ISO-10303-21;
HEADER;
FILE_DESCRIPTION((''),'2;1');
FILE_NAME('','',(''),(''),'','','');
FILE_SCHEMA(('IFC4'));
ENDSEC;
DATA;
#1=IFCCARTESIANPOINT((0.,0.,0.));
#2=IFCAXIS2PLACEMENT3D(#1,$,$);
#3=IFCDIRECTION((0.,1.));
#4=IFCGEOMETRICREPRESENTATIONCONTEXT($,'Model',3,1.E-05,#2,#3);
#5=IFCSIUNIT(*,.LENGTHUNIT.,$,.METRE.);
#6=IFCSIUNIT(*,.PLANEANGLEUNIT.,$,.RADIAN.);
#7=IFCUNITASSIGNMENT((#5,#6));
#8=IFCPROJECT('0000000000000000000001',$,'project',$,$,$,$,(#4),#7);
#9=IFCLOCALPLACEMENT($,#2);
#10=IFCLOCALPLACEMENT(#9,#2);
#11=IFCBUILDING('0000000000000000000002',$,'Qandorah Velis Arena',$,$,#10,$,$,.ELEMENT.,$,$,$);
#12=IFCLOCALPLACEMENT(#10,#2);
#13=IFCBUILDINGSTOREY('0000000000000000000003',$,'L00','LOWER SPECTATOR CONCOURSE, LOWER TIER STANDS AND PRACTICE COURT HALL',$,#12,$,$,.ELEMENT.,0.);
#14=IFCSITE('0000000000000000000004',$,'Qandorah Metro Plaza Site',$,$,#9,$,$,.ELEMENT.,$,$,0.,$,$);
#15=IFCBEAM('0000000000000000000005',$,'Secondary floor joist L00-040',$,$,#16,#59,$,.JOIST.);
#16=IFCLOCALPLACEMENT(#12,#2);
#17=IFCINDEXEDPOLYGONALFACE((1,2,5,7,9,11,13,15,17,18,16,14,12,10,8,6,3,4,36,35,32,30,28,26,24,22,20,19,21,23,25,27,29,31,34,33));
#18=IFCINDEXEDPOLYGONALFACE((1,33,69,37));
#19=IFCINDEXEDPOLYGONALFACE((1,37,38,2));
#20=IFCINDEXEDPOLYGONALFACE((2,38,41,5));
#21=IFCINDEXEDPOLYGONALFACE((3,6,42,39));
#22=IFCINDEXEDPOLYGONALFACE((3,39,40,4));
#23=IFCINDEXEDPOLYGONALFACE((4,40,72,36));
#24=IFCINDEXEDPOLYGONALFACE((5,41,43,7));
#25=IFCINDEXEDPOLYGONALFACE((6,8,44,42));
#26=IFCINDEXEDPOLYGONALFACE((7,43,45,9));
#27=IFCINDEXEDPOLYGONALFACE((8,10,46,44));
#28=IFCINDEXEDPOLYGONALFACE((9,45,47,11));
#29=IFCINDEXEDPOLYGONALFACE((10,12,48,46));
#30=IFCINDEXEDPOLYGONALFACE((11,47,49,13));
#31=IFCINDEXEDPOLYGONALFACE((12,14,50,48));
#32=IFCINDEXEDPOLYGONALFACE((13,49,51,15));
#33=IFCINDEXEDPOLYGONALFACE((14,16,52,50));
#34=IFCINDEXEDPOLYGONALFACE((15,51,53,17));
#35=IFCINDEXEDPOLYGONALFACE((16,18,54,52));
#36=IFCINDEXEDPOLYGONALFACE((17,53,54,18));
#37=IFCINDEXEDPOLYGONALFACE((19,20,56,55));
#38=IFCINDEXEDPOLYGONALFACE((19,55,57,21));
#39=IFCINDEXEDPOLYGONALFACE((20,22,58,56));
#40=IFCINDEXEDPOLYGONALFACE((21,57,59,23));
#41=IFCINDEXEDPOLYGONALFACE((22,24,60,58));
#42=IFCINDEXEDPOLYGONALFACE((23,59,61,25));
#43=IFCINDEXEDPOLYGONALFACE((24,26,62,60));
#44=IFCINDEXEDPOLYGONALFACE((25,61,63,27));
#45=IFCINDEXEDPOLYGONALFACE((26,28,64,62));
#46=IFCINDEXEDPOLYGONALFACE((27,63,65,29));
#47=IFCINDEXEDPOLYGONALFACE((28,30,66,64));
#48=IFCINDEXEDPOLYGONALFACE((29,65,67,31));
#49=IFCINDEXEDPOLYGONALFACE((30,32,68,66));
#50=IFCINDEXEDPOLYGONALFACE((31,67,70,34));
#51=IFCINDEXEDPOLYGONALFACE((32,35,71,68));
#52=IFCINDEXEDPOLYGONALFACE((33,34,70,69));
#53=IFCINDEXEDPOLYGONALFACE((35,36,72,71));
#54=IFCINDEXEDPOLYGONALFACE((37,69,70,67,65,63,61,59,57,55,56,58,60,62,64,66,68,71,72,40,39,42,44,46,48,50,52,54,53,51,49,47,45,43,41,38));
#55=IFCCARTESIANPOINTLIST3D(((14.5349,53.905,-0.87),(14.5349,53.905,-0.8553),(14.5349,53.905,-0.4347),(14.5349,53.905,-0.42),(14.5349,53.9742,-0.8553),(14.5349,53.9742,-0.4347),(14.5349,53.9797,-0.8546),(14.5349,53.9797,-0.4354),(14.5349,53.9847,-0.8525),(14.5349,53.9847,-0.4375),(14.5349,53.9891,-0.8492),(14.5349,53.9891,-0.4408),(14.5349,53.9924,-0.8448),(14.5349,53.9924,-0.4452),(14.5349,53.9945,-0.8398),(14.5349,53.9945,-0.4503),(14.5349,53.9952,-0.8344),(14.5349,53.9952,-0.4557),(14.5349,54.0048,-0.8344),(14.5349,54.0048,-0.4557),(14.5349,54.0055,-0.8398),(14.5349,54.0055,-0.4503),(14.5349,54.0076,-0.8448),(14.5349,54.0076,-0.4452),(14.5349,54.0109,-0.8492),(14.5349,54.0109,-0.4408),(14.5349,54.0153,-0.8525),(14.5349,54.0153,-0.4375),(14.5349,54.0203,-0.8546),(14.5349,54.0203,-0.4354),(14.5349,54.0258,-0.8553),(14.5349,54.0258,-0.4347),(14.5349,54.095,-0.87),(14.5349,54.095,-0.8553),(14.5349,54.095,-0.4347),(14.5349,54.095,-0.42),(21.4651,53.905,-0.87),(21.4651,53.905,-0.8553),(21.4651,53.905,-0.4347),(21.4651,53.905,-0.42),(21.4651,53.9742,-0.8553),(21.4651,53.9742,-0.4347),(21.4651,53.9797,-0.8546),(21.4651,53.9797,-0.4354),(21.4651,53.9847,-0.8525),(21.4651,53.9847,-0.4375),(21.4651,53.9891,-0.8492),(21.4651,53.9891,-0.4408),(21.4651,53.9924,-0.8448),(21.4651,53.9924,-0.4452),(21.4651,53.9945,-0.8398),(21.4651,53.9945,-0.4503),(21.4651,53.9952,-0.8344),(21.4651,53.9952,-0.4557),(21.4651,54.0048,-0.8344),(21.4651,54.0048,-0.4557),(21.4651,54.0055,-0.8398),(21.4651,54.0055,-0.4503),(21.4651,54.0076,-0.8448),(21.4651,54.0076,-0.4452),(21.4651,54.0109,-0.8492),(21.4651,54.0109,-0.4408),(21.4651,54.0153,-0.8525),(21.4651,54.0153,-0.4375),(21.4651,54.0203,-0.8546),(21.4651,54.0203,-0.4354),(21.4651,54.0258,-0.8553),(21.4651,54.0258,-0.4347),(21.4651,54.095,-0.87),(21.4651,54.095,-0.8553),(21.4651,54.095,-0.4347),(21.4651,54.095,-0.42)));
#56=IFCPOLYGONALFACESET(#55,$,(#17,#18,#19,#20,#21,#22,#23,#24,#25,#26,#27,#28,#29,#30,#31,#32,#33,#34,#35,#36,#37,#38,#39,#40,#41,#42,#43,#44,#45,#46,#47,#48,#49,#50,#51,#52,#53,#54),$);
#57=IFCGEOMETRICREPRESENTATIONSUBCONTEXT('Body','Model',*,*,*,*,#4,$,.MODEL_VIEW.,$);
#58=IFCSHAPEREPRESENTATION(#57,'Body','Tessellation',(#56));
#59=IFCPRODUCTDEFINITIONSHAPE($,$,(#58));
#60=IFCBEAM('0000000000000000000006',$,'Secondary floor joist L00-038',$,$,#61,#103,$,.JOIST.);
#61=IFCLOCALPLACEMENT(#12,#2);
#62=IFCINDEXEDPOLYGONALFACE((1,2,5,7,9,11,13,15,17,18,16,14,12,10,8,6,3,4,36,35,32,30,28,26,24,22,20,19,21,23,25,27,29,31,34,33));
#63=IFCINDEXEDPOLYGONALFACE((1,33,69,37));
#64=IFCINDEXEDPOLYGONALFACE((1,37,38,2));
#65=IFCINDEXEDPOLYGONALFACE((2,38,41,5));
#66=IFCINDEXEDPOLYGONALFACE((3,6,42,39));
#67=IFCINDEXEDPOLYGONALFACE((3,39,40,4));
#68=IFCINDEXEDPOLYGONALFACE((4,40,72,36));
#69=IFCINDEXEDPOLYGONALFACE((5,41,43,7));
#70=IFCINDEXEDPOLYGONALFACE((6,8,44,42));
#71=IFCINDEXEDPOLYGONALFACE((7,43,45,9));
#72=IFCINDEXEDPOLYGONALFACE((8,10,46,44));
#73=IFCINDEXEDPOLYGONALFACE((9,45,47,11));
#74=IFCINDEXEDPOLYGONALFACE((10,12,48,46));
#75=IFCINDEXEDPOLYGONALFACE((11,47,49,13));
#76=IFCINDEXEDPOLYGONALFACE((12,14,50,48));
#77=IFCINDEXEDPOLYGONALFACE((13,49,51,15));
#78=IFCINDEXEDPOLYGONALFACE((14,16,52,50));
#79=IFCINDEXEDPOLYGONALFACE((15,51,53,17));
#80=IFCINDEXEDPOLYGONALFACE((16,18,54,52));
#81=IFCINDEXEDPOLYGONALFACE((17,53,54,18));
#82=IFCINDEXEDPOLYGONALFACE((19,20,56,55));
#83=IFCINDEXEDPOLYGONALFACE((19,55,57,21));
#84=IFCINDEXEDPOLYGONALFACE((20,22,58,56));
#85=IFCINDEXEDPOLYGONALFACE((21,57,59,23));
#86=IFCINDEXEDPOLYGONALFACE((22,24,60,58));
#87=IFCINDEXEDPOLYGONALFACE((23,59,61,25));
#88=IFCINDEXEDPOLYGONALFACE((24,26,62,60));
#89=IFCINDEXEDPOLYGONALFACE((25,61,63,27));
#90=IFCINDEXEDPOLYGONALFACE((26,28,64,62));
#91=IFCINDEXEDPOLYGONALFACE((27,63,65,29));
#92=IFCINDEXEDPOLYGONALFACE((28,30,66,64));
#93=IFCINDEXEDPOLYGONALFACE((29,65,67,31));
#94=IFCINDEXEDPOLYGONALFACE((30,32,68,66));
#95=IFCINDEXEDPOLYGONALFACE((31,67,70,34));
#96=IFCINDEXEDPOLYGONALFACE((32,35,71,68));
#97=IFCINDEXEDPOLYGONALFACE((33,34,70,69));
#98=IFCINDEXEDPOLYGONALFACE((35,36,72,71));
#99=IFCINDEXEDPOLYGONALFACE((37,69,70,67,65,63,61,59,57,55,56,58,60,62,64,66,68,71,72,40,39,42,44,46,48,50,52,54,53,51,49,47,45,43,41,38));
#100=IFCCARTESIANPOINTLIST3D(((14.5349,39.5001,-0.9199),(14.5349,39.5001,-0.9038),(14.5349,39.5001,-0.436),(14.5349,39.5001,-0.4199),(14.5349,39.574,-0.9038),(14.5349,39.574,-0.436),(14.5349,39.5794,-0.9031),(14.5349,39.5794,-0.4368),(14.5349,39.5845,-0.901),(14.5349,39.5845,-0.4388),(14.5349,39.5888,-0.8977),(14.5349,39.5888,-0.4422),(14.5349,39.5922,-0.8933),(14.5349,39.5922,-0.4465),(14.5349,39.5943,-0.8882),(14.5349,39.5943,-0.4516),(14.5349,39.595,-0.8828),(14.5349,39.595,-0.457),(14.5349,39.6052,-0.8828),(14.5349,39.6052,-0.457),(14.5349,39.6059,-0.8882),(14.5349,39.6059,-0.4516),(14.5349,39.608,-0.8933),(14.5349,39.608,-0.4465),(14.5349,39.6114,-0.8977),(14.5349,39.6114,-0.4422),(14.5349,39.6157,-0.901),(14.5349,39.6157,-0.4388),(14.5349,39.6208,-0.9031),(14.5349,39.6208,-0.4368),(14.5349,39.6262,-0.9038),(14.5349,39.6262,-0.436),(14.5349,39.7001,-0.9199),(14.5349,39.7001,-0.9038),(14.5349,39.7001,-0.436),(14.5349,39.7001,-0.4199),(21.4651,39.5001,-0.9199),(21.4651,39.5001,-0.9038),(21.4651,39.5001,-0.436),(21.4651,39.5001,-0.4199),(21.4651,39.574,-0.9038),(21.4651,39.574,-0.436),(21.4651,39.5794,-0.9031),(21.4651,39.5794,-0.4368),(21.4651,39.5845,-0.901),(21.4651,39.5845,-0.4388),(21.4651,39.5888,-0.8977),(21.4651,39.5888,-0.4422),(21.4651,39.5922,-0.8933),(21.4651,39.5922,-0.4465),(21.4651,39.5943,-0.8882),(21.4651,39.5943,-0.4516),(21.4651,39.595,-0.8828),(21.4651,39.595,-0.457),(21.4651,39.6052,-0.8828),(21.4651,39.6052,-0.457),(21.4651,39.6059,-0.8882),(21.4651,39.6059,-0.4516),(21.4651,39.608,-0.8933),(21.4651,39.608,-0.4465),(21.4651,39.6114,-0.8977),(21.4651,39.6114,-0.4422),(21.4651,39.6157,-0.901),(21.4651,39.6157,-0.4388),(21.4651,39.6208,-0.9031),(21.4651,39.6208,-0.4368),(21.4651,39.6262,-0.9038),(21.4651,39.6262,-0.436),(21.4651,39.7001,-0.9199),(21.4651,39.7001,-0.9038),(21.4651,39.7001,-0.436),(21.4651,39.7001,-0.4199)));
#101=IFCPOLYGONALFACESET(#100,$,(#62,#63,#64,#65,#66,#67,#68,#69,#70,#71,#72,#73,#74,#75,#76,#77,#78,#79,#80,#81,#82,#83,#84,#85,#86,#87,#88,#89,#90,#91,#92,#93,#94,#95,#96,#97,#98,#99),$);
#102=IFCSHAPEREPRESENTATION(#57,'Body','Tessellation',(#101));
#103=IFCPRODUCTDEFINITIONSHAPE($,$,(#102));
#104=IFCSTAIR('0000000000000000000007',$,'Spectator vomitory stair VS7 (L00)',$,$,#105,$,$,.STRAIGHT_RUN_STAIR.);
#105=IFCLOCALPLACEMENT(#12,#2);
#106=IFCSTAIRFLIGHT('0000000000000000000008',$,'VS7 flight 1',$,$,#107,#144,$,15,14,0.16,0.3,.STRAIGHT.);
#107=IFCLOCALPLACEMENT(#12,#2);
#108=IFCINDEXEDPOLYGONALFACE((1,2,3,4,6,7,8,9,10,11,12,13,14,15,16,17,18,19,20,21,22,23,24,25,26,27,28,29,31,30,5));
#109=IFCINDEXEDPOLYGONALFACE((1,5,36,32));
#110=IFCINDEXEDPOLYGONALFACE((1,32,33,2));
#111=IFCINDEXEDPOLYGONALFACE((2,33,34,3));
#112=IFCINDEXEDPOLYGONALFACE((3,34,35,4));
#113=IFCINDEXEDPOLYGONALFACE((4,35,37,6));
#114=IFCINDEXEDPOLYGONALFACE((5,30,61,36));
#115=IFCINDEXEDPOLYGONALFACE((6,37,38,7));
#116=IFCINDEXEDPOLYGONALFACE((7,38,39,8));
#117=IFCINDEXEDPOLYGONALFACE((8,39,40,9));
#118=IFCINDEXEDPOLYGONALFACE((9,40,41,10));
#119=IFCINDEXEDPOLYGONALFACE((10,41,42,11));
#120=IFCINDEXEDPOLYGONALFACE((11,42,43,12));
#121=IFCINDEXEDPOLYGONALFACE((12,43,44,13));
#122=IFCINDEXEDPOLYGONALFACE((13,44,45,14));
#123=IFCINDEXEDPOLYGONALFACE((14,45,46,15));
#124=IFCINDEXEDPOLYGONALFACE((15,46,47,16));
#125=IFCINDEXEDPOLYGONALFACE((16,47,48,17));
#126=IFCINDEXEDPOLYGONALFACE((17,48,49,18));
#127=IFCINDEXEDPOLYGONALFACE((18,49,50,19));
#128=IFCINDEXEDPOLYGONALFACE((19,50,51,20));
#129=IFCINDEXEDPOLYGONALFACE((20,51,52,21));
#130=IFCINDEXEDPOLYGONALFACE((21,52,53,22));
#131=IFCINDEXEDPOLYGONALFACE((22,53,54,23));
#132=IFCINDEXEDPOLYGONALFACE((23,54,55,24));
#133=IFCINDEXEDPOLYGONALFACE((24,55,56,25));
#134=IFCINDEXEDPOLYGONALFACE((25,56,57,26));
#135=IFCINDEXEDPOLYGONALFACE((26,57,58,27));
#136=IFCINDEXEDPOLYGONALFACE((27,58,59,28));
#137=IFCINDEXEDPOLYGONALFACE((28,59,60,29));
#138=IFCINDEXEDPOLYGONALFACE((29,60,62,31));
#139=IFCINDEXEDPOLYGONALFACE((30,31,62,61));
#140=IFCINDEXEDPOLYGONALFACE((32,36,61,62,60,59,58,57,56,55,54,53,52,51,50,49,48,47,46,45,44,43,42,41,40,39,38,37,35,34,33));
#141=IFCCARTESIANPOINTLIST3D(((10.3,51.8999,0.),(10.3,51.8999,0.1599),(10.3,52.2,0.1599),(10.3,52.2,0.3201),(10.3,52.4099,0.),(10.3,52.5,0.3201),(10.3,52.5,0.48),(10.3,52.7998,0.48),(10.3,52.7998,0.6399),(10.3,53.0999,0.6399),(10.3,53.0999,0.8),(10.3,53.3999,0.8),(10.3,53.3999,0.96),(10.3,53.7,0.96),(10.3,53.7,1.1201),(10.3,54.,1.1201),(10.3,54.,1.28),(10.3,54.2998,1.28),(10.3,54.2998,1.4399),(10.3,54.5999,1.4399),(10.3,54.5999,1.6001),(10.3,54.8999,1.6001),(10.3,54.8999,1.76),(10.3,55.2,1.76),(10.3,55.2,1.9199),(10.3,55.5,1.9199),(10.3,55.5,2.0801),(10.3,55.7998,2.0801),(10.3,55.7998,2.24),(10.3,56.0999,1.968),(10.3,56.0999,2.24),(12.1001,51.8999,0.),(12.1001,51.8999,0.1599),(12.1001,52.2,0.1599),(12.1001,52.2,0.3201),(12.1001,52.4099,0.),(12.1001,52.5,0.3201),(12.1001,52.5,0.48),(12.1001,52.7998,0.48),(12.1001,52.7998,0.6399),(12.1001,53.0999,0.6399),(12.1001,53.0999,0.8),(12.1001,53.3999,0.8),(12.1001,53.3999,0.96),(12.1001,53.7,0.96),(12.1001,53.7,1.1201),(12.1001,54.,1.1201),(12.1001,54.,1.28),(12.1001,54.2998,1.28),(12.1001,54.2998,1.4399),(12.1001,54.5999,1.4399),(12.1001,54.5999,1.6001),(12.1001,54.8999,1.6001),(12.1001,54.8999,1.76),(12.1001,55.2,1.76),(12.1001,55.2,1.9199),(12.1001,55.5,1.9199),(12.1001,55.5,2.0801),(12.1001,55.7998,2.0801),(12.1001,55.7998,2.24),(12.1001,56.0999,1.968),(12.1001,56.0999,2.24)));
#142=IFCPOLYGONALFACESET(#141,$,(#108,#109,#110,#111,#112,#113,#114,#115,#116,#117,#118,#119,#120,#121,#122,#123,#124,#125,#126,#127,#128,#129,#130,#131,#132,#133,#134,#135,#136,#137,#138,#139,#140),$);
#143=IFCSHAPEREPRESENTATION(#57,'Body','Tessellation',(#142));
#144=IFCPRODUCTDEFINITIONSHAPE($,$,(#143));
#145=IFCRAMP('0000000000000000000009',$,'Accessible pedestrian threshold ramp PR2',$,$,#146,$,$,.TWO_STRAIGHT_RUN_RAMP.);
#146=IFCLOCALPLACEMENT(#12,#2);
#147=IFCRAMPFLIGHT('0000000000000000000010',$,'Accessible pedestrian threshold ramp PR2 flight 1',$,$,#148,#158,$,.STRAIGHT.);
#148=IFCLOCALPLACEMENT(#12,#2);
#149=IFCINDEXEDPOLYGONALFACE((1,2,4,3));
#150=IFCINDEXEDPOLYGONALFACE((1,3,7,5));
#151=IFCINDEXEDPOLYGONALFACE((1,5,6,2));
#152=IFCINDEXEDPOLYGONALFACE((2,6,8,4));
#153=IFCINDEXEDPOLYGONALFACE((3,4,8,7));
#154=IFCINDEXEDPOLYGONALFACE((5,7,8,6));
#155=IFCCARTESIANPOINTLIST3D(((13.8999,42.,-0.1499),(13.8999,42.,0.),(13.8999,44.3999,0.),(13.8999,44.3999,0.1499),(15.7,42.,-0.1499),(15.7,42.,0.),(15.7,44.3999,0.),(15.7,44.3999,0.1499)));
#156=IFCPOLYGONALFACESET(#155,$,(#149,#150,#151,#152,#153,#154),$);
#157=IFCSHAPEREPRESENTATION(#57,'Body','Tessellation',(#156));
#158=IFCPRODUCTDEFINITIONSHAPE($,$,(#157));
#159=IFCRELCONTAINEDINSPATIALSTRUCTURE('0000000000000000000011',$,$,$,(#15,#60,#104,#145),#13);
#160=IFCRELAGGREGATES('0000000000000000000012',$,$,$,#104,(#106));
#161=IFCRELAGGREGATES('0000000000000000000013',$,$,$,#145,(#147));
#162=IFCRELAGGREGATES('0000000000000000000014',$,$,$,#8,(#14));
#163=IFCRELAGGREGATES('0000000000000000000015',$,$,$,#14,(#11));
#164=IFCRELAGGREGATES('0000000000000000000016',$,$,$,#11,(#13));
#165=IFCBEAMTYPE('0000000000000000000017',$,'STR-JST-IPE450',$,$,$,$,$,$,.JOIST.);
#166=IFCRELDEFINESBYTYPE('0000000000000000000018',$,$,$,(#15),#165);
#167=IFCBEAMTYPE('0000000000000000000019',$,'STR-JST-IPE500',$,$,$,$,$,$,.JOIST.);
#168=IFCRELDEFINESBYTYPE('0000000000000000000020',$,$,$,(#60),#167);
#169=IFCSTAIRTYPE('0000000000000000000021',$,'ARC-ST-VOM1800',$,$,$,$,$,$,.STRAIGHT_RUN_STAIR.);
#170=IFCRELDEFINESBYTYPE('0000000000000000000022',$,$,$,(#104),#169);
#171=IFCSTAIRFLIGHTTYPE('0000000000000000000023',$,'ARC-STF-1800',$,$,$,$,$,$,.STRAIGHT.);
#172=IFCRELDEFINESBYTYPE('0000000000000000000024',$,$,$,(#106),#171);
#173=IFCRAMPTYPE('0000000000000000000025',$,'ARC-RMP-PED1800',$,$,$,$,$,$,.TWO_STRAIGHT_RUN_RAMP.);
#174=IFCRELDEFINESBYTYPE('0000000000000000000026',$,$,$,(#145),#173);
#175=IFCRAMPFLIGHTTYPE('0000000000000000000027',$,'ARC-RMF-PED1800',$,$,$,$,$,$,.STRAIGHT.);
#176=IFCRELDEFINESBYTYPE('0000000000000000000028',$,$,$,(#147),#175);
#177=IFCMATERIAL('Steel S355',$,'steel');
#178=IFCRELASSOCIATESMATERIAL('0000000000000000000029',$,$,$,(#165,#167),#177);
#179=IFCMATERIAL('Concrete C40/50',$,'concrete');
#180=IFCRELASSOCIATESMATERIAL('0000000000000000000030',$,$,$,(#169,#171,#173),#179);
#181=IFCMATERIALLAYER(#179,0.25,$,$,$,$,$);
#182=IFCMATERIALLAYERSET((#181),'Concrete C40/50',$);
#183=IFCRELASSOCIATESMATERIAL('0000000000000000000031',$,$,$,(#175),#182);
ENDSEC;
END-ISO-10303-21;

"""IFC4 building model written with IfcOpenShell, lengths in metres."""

from ifc_helpers import new_model, si_unit, direction, frame, origin, origin_2d, place, context, subcontext, project, spatial, polyline, i_section, outline, extrude, material, layer, layer_set, material_profile, profile_set, type_object, element, aggregate, save


model = new_model("IFC4")

# Units and contexts
model_context = context("Model", 3, precision=1e-05, world=origin(), true_north=direction((0.0, 1.0)))
body_context = subcontext(model_context, "Body", "Model", "MODEL_VIEW")
ifc_project = project(units=[si_unit("LENGTHUNIT", "METRE"), si_unit("PLANEANGLEUNIT", "RADIAN")], contexts=[model_context])

# Site, building, storey
site_placement = place(None, origin())
site = spatial("IfcSite", under=ifc_project, at=site_placement, Name="Qandorah Metro Plaza Site", CompositionType="ELEMENT", RefElevation=0.0)
building_placement = place(site_placement, origin())
building = spatial("IfcBuilding", under=site, at=building_placement, Name="Qandorah Velis Arena", CompositionType="ELEMENT")
storey_placement = place(building_placement, origin())
storey = spatial("IfcBuildingStorey", under=building, at=storey_placement, Name="L00", Description="LOWER SPECTATOR CONCOURSE, LOWER TIER STANDS AND PRACTICE COURT HALL", CompositionType="ELEMENT", Elevation=0.0)

# Shared definitions
ifc_material_1 = material(Name="Concrete C40/50", Category="concrete")

# Beams
ifc_material_2 = material(Name="Steel S355", Category="steel")
ifc_material_profile_1 = material_profile(ifc_material_2, i_section(OverallWidth=0.1899, OverallDepth=0.45, WebThickness=0.0095, FlangeThickness=0.0146, FilletRadius=0.021, at=origin_2d()), Name="IPE 450")
ifc_profile_set_1 = profile_set([ifc_material_profile_1], Name="Steel S355")
beam_type_1 = type_object("IfcBeamType", Name="STR-JST-IPE450", PredefinedType="JOIST", material=ifc_profile_set_1)
for number, where, z_axis, x_axis, name in (
    (1, (14.5349, 54.0, -0.645), (1.0, 0.0, 0.0), (0.0, 1.0, 0.0), "Secondary floor joist L00-040"),
):
    element("IfcBeam", number, at=place(storey_placement, frame(where, z_axis=z_axis, x_axis=x_axis)), inside=storey, type_object=beam_type_1, Name=name, PredefinedType="JOIST", context=body_context, shape_type="SweptSolid", body=[
        extrude(i_section(OverallWidth=0.1899, OverallDepth=0.45, WebThickness=0.0095, FlangeThickness=0.0146, FilletRadius=0.021, at=origin_2d()), origin(), (0.0, 0.0, 1.0), 6.9302),
    ])
ifc_material_profile_2 = material_profile(ifc_material_2, i_section(OverallWidth=0.2, OverallDepth=0.5, WebThickness=0.0103, FlangeThickness=0.0161, FilletRadius=0.021, at=origin_2d()), Name="IPE 500")
ifc_profile_set_2 = profile_set([ifc_material_profile_2], Name="Steel S355")
beam_type_2 = type_object("IfcBeamType", Name="STR-JST-IPE500", PredefinedType="JOIST", material=ifc_profile_set_2)
beam_1_placement = place(storey_placement, frame((14.5349, 39.6001, -0.6699), z_axis=(1.0, 0.0, 0.0), x_axis=(0.0, 1.0, 0.0)))
element("IfcBeam", 2, at=beam_1_placement, inside=storey, type_object=beam_type_2, Name="Secondary floor joist L00-038", PredefinedType="JOIST", context=body_context, shape_type="SweptSolid", body=[
    extrude(i_section(OverallWidth=0.2, OverallDepth=0.5, WebThickness=0.0103, FlangeThickness=0.0161, FilletRadius=0.021, at=origin_2d()), origin(), (0.0, 0.0, 1.0), 6.9302),
])

# Stair, stair flight
stair_type = type_object("IfcStairType", Name="ARC-ST-VOM1800", PredefinedType="STRAIGHT_RUN_STAIR", material=ifc_material_1)
stair_placement = place(storey_placement, origin())
stair = element("IfcStair", 3, at=stair_placement, inside=storey, type_object=stair_type, Name="Spectator vomitory stair VS7 (L00)", PredefinedType="STRAIGHT_RUN_STAIR")
stair_flight_type = type_object("IfcStairFlightType", Name="ARC-STF-1800", PredefinedType="STRAIGHT", material=ifc_material_1)
stair_flight_placement = place(storey_placement, frame((11.2, 51.8999, 0.0), z_axis=(0.0, 0.0, 1.0), x_axis=(0.0, 1.0, 0.0)))
stair_flight = element("IfcStairFlight", 4, at=stair_flight_placement, type_object=stair_flight_type, Name="VS7 flight 1", NumberOfRisers=15, NumberOfTreads=14, PredefinedType="STRAIGHT", RiserHeight=0.16, TreadLength=0.3, context=body_context, shape_type="SweptSolid", body=[
    extrude(outline(polyline([(0.0, 0.0), (0.0, 0.1599), (0.3, 0.1599), (0.3, 0.3201), (0.6001, 0.3201), (0.6001, 0.48), (0.8999, 0.48), (0.8999, 0.6399), (1.2, 0.6399), (1.2, 0.8), (1.5, 0.8), (1.5, 0.96), (1.8, 0.96), (1.8, 1.1201), (2.1001, 1.1201), (2.1001, 1.28), (2.3999, 1.28), (2.3999, 1.4399), (2.7, 1.4399), (2.7, 1.6001), (3.0, 1.6001), (3.0, 1.76), (3.3, 1.76), (3.3, 1.9199), (3.6001, 1.9199), (3.6001, 2.0801), (3.8999, 2.0801), (3.8999, 2.24), (4.2, 2.24), (4.2, 2.3999), (4.2, 1.968), (0.51, 0.0), (0.0, 0.0)])), frame((0.0, 0.8999, 0.0), z_axis=(0.0, -1.0, 0.0), x_axis=(1.0, 0.0, 0.0)), (0.0, 0.0, 1.0), 1.8),
])
aggregate(stair, [stair_flight])

# Ramp, ramp flight
ramp_type = type_object("IfcRampType", Name="ARC-RMP-PED1800", PredefinedType="TWO_STRAIGHT_RUN_RAMP", material=ifc_material_1)
ramp_placement = place(storey_placement, origin())
ramp = element("IfcRamp", 5, at=ramp_placement, inside=storey, type_object=ramp_type, Name="Accessible pedestrian threshold ramp PR2", PredefinedType="TWO_STRAIGHT_RUN_RAMP")
ifc_layer = layer(ifc_material_1, 0.25)
ifc_layer_set = layer_set([ifc_layer], Name="Concrete C40/50")
ramp_flight_type = type_object("IfcRampFlightType", Name="ARC-RMF-PED1800", PredefinedType="STRAIGHT", material=ifc_layer_set)
ramp_flight_placement = place(storey_placement, frame((14.7998, 42.0, 0.0), z_axis=(0.0, 0.0, 1.0), x_axis=(0.0, 1.0, 0.0)))
ramp_flight = element("IfcRampFlight", 6, at=ramp_flight_placement, type_object=ramp_flight_type, Name="Accessible pedestrian threshold ramp PR2 flight 1", PredefinedType="STRAIGHT", context=body_context, shape_type="SweptSolid", body=[
    extrude(outline(polyline([(0.0, 0.0), (2.3999, 0.1499), (2.3999, 0.0), (0.0, -0.1499), (0.0, 0.0)])), frame((0.0, 0.8999, 0.0), z_axis=(0.0, -1.0, 0.0), x_axis=(1.0, 0.0, 0.0)), (0.0, 0.0, 1.0), 1.8),
])
aggregate(ramp, [ramp_flight])

save(model, "model.ifc")
